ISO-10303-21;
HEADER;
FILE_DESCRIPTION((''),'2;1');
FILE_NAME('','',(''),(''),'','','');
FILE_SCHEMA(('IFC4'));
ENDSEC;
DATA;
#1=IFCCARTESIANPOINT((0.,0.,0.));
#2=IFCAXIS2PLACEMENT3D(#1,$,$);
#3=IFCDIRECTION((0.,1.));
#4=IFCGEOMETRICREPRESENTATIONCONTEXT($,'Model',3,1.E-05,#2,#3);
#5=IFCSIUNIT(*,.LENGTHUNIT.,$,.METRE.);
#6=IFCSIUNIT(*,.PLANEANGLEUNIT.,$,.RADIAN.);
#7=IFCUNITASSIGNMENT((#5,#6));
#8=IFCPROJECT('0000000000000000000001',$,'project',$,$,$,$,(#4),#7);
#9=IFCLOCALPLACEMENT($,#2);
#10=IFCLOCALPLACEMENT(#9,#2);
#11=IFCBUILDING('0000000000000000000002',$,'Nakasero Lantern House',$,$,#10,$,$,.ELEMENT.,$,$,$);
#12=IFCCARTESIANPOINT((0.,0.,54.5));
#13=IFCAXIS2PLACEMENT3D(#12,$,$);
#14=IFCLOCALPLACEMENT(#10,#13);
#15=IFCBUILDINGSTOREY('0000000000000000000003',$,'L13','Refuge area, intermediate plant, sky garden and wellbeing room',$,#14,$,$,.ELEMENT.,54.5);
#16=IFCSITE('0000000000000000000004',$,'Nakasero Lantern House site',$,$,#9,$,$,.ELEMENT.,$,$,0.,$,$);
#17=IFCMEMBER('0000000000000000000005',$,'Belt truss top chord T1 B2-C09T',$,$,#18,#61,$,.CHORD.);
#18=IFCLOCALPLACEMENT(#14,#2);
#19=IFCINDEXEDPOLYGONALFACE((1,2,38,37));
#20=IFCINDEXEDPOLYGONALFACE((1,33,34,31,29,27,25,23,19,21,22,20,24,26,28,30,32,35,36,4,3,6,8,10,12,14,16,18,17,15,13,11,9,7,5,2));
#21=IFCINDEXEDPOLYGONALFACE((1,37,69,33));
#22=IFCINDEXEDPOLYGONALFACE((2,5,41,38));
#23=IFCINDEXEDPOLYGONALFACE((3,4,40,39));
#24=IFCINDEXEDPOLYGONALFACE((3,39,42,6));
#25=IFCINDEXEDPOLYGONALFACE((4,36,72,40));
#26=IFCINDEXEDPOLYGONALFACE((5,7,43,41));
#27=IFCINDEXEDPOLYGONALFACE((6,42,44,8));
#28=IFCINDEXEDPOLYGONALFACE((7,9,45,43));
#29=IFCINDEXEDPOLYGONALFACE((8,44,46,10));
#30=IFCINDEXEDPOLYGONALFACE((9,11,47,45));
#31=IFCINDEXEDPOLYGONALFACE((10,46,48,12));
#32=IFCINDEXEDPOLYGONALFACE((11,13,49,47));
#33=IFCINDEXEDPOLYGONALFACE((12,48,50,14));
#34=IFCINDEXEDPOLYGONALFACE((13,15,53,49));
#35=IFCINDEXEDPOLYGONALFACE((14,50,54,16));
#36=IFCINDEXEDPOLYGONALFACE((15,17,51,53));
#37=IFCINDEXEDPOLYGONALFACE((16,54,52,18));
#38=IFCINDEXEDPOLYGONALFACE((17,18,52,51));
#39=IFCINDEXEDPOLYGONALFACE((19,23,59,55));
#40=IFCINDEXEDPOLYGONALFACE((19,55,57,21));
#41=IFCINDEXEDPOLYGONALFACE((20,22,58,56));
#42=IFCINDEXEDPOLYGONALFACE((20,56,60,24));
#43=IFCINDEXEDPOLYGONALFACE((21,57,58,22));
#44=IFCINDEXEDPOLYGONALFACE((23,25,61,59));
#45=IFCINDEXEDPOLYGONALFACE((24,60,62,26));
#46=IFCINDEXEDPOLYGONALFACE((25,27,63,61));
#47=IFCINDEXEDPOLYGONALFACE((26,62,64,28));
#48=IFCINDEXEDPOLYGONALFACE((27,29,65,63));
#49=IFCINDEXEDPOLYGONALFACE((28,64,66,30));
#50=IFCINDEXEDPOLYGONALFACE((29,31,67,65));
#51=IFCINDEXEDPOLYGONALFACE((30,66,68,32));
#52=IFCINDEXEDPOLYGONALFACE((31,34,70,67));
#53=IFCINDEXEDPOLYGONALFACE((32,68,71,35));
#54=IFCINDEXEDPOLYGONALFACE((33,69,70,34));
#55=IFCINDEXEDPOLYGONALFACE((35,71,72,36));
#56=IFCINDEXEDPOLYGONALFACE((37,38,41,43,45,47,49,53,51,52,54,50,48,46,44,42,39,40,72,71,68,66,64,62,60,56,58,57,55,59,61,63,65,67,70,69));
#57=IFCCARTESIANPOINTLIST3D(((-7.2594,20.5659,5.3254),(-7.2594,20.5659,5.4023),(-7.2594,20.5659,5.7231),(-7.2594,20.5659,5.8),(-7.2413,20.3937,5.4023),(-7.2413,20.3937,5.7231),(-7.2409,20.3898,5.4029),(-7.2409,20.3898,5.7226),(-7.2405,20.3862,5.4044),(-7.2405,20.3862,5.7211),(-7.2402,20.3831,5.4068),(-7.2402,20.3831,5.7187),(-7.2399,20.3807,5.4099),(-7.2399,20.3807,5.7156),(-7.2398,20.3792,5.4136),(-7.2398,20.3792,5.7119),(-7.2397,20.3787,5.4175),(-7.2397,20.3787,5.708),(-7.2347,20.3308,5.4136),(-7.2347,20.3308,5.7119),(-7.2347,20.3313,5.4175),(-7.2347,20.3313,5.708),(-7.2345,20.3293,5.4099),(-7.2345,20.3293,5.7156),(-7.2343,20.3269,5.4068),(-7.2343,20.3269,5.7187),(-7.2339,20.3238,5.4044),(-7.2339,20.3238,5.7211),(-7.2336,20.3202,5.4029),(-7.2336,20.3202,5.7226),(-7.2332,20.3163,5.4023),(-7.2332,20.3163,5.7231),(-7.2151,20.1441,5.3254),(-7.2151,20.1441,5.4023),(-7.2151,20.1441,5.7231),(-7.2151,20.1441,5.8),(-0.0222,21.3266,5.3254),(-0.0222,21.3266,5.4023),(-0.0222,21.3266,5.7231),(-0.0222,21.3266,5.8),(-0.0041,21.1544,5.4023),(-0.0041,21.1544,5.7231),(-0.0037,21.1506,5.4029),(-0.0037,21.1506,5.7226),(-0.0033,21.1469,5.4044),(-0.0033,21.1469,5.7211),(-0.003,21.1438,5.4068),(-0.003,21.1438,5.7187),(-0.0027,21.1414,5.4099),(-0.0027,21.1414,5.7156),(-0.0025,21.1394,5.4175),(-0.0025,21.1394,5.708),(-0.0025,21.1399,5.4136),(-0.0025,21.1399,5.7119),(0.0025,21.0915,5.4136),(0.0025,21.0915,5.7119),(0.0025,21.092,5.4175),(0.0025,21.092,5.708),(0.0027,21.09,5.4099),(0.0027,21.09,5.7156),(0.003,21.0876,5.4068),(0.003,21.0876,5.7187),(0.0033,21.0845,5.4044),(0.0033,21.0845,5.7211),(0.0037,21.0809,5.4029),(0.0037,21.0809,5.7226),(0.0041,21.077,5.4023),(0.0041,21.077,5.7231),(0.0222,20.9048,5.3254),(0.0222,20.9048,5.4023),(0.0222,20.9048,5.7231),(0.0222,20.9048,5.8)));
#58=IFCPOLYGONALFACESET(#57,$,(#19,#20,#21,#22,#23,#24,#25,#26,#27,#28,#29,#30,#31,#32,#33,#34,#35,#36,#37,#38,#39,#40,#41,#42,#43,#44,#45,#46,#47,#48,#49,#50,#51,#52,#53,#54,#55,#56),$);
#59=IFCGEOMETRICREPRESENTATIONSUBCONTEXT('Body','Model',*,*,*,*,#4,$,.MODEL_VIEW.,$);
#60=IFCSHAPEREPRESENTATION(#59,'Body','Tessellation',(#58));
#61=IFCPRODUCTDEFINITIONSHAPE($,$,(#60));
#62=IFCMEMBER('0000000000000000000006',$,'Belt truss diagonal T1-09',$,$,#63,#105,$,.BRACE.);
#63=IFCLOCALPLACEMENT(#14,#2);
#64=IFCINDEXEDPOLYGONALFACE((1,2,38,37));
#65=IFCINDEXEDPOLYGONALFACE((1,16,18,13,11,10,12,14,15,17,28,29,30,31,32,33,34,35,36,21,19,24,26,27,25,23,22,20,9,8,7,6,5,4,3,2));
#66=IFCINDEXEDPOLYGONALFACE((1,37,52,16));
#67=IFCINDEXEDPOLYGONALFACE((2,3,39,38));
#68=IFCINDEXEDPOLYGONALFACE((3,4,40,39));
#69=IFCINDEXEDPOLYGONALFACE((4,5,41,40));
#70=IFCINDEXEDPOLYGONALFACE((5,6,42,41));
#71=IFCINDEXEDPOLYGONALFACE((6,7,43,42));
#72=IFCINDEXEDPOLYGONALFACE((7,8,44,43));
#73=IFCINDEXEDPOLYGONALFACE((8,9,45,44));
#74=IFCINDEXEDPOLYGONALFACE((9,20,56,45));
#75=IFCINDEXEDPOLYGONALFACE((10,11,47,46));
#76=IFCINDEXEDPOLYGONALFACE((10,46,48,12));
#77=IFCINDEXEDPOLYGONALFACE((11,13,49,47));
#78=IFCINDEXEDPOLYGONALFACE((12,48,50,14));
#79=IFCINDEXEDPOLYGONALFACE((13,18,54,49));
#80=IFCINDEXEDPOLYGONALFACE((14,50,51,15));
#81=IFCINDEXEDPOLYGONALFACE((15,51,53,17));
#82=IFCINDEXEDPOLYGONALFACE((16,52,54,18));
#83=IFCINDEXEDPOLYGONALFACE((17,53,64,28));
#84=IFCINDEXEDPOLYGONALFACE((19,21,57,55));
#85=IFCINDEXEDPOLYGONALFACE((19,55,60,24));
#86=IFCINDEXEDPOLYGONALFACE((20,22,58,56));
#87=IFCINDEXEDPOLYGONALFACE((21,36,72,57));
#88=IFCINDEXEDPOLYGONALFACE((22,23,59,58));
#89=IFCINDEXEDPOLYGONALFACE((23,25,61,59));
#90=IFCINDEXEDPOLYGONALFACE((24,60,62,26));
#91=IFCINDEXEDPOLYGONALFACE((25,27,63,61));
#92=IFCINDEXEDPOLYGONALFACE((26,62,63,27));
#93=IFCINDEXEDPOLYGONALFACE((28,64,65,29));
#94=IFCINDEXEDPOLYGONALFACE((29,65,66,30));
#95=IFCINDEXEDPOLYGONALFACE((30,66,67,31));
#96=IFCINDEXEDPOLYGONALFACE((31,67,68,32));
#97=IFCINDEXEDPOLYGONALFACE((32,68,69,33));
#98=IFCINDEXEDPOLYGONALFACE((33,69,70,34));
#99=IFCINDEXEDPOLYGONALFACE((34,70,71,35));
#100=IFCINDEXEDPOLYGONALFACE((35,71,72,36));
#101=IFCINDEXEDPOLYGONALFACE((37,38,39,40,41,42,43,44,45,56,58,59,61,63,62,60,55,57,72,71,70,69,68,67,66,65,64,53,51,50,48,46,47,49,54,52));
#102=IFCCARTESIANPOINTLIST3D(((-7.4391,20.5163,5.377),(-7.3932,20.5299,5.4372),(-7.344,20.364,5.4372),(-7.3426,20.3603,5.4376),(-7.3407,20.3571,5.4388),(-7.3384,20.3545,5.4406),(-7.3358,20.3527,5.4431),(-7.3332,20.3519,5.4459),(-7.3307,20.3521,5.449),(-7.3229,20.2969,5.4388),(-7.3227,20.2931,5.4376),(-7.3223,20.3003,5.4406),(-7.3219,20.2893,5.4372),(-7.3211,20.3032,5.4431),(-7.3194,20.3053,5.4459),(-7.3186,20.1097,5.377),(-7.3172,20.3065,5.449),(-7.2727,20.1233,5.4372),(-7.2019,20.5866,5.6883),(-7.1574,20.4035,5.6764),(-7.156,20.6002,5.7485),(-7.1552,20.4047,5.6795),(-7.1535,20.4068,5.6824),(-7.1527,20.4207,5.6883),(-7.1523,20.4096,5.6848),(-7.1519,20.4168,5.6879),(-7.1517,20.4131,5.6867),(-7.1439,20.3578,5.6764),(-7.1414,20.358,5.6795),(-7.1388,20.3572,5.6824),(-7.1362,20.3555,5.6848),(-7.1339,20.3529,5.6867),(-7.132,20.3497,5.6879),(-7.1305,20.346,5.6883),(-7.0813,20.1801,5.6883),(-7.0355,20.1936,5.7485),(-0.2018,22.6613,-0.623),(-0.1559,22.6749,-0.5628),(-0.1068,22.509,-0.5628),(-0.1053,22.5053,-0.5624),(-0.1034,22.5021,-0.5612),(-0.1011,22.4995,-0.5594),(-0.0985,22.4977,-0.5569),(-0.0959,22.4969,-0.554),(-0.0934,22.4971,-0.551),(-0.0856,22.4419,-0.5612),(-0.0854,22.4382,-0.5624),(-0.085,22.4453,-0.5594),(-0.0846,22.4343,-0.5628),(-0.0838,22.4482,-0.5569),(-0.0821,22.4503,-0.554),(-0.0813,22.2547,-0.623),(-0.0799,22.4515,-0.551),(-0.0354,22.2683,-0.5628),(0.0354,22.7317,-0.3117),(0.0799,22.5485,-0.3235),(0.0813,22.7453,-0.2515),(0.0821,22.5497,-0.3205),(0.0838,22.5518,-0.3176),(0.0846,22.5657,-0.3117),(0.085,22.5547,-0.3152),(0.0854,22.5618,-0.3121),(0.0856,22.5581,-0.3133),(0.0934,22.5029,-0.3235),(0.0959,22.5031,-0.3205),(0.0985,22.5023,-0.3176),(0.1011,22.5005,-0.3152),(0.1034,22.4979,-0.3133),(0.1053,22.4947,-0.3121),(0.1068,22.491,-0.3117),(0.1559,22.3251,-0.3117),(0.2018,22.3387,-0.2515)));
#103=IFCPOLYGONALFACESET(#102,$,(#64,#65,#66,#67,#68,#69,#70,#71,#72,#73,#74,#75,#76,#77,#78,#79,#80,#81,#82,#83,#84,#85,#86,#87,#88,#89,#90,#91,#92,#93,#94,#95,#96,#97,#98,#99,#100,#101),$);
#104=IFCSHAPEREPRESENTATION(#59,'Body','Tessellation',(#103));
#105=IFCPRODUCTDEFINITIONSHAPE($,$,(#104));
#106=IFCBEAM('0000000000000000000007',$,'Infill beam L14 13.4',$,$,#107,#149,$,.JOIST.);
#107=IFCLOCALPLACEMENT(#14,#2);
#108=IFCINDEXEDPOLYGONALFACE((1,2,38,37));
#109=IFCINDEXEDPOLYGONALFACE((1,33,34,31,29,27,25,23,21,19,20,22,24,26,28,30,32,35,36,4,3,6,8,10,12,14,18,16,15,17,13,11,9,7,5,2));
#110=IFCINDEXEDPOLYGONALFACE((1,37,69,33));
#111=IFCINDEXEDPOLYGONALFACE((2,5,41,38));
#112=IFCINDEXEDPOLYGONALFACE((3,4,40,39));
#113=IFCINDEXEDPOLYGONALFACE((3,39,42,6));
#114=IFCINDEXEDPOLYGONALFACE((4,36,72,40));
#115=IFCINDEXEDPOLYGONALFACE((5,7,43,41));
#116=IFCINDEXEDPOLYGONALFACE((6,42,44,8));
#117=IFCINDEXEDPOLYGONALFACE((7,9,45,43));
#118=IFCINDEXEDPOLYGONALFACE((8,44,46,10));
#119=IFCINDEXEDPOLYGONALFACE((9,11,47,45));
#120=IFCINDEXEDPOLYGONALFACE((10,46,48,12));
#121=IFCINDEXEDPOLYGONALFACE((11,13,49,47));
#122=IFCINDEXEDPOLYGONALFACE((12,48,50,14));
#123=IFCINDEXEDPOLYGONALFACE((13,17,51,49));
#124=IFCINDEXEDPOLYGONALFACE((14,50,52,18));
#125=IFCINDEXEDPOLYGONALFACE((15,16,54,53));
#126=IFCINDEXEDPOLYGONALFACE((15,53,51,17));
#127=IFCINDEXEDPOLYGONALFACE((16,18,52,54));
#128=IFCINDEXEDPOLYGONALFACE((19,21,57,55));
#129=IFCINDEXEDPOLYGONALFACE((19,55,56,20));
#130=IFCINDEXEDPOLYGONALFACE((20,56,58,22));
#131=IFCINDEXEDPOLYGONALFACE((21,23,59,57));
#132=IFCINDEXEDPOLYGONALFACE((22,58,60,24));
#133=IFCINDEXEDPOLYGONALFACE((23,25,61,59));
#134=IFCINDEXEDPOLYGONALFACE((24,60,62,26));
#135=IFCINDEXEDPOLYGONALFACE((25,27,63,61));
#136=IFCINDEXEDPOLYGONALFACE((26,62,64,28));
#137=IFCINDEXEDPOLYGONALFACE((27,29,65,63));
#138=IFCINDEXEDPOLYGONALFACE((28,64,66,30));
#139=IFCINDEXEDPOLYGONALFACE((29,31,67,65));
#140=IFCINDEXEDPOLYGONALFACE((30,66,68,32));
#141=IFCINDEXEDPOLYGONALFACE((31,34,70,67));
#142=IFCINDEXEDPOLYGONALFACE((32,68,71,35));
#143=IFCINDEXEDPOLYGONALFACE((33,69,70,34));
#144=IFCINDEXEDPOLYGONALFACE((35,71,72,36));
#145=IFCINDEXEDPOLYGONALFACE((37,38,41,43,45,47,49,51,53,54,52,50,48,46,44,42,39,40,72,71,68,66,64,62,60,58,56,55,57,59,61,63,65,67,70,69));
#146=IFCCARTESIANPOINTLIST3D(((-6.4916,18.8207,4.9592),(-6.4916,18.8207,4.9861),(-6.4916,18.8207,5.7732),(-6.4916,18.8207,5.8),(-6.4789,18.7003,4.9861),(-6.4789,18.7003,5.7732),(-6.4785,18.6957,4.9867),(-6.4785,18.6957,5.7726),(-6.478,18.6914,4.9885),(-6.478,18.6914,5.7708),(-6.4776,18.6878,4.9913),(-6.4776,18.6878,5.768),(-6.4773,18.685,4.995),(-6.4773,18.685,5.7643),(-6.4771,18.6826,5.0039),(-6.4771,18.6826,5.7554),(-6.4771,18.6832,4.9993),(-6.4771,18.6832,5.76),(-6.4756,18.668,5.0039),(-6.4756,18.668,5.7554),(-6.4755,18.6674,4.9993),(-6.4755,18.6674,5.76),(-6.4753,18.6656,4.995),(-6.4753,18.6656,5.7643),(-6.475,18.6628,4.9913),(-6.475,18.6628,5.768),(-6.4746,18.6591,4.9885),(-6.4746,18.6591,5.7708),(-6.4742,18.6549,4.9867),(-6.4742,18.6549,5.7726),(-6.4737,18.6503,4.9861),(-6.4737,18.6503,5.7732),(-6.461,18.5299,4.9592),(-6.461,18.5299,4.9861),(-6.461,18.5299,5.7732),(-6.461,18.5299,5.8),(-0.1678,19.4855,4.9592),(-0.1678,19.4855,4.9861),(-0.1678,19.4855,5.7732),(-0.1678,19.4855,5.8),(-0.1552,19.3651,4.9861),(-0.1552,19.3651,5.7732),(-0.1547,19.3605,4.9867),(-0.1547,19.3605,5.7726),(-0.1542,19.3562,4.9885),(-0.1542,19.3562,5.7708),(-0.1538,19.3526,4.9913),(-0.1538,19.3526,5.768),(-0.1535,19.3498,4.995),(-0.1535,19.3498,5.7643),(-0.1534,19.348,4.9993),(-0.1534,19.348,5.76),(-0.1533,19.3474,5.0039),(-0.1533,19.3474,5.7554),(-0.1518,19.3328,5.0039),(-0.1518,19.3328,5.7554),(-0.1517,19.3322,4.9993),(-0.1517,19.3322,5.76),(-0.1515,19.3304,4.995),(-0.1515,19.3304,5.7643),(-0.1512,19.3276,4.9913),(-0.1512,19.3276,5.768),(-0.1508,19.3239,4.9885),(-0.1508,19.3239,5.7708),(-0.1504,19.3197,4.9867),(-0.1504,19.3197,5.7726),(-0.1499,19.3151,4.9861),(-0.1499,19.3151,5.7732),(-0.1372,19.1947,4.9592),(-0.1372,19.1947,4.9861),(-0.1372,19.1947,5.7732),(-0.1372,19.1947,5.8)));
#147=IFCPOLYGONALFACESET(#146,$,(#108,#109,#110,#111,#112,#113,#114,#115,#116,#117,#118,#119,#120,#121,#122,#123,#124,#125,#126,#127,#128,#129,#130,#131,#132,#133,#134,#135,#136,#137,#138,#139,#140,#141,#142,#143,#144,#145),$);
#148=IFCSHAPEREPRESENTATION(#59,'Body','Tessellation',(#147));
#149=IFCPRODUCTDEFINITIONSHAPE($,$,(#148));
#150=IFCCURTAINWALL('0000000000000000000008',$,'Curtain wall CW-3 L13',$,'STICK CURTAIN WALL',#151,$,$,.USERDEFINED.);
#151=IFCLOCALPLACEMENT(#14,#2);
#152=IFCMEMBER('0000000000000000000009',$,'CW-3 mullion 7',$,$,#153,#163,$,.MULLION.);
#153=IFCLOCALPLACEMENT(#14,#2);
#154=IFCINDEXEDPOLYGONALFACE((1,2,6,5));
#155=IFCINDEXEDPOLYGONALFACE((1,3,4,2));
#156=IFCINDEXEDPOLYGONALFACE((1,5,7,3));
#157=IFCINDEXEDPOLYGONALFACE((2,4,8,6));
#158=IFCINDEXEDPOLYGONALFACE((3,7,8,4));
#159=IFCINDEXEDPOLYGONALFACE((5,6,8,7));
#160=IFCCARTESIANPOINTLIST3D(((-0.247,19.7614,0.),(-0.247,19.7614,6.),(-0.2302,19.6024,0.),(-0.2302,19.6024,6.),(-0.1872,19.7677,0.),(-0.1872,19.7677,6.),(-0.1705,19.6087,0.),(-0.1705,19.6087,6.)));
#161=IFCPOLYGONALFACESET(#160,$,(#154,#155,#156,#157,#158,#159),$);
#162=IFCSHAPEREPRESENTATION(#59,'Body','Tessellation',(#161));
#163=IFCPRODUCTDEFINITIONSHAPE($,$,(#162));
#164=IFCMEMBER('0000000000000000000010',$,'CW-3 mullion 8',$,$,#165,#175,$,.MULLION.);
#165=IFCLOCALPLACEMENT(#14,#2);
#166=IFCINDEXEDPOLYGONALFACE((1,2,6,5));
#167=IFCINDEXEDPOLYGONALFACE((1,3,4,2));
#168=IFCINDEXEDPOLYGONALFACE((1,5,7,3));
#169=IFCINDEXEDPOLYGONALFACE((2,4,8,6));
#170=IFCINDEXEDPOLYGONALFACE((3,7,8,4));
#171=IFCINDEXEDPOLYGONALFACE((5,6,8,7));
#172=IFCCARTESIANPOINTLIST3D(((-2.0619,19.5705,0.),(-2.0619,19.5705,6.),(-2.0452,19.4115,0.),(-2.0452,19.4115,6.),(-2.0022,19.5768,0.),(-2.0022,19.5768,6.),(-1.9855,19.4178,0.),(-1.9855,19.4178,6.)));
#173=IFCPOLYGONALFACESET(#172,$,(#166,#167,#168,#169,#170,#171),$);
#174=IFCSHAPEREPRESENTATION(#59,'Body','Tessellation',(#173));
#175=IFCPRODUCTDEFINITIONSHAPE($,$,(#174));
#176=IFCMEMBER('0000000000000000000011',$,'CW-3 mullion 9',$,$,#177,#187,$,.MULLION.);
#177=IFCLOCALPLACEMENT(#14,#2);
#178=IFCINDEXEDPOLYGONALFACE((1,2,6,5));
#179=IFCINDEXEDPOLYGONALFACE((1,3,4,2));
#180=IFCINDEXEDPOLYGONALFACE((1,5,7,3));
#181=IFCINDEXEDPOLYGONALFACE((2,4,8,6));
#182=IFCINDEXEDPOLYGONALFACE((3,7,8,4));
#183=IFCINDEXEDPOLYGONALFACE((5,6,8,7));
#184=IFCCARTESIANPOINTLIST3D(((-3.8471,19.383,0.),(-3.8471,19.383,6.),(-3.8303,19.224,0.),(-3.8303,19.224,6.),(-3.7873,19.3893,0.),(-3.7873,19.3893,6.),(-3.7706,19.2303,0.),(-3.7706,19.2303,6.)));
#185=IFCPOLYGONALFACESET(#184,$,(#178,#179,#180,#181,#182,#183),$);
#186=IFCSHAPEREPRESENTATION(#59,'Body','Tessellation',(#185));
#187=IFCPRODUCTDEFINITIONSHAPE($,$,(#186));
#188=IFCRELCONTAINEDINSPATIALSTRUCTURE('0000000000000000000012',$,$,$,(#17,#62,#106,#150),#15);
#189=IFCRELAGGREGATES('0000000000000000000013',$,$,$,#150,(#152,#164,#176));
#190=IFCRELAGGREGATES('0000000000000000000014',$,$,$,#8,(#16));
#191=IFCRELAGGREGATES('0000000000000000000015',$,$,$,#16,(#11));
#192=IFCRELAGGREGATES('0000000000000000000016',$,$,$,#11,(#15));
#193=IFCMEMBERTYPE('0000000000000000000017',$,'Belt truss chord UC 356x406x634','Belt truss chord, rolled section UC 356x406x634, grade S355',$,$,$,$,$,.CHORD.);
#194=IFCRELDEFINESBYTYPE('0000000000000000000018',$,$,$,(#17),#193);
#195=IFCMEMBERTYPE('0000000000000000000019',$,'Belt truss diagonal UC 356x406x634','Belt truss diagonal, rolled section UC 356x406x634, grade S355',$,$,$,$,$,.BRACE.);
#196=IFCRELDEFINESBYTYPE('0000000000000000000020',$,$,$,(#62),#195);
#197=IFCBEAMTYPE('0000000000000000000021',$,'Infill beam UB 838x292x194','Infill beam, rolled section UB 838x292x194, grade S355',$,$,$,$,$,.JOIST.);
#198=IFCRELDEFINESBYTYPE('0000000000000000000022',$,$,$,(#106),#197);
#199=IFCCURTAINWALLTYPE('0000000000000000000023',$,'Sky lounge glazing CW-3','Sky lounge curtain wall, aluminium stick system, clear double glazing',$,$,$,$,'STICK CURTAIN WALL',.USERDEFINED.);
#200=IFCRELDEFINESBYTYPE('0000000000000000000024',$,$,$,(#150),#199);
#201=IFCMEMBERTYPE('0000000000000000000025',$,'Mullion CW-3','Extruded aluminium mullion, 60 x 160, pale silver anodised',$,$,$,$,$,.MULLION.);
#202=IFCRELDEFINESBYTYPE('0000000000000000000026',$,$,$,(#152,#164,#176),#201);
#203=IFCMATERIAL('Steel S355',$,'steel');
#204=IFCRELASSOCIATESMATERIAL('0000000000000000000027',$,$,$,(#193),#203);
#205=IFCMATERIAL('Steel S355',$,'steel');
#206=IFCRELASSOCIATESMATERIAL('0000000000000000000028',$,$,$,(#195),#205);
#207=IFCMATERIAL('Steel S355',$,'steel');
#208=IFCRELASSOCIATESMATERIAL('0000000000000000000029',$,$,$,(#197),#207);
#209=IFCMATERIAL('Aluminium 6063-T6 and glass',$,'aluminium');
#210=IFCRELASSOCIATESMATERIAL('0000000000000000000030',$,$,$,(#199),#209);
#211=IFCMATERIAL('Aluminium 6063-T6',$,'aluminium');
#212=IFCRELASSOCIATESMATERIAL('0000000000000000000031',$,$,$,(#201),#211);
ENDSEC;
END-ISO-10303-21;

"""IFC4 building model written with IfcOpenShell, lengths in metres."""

from ifc_helpers import new_model, si_unit, direction, frame, origin, origin_2d, place, context, subcontext, project, spatial, rectangle, i_section, extrude, material, material_profile, profile_set, type_object, element, aggregate, save


model = new_model("IFC4")

# Units and contexts
model_context = context("Model", 3, precision=1e-05, world=origin(), true_north=direction((0.0, 1.0)))
body_context = subcontext(model_context, "Body", "Model", "MODEL_VIEW")
ifc_project = project(units=[si_unit("LENGTHUNIT", "METRE"), si_unit("PLANEANGLEUNIT", "RADIAN")], contexts=[model_context])

# Site, building, storey
site_placement = place(None, origin())
site = spatial("IfcSite", under=ifc_project, at=site_placement, Name="Nakasero Lantern House site", CompositionType="ELEMENT", RefElevation=0.0)
building_placement = place(site_placement, origin())
building = spatial("IfcBuilding", under=site, at=building_placement, Name="Nakasero Lantern House", CompositionType="ELEMENT")
storey_placement = place(building_placement, frame((0.0, 0.0, 54.5)))
storey = spatial("IfcBuildingStorey", under=building, at=storey_placement, Name="L13", Description="Refuge area, intermediate plant, sky garden and wellbeing room", CompositionType="ELEMENT", Elevation=54.5)

# Members
ifc_material_1 = material(Name="Steel S355", Category="steel")
ifc_material_profile_1 = material_profile(ifc_material_1, i_section(OverallWidth=0.4241, OverallDepth=0.4746, WebThickness=0.0476, FlangeThickness=0.0769, FilletRadius=0.0151, at=origin_2d()), Name="UC 356x406x634")
ifc_profile_set_1 = profile_set([ifc_material_profile_1], Name="Steel S355")
member_type_1 = type_object("IfcMemberType", Name="Belt truss chord UC 356x406x634", Description="Belt truss chord, rolled section UC 356x406x634, grade S355", PredefinedType="CHORD", material=ifc_profile_set_1)
member_1_placement = place(storey_placement, frame((0.0, 21.1157, 5.5627), z_axis=(-0.994521, -0.104538, 0.0), x_axis=(0.104538, -0.994521, 0.0)))
element("IfcMember", 1, at=member_1_placement, inside=storey, type_object=member_type_1, Name="Belt truss top chord T1 B2-C09T", PredefinedType="CHORD", context=body_context, shape_type="SweptSolid", body=[
    extrude(i_section(OverallWidth=0.4241, OverallDepth=0.4746, WebThickness=0.0476, FlangeThickness=0.0769, FilletRadius=0.0151, at=origin_2d()), origin(), (0.0, 0.0, 1.0), 7.2771),
])
ifc_material_2 = material(Name="Steel S355", Category="steel")
ifc_material_profile_2 = material_profile(ifc_material_2, i_section(OverallWidth=0.4241, OverallDepth=0.4746, WebThickness=0.0476, FlangeThickness=0.0769, FilletRadius=0.0151, at=origin_2d()), Name="UC 356x406x634")
ifc_profile_set_2 = profile_set([ifc_material_profile_2], Name="Steel S355")
member_type_2 = type_object("IfcMemberType", Name="Belt truss diagonal UC 356x406x634", Description="Belt truss diagonal, rolled section UC 356x406x634, grade S355", PredefinedType="BRACE", material=ifc_profile_set_2)
member_2_placement = place(storey_placement, frame((0.0, 22.5, -0.4373), z_axis=(-0.750556, -0.222452, 0.622239), x_axis=(0.284165, -0.958775, 0.0)))
element("IfcMember", 2, at=member_2_placement, inside=storey, type_object=member_type_2, Name="Belt truss diagonal T1-09", PredefinedType="BRACE", context=body_context, shape_type="SweptSolid", body=[
    extrude(i_section(OverallWidth=0.4241, OverallDepth=0.4746, WebThickness=0.0476, FlangeThickness=0.0769, FilletRadius=0.0151, at=origin_2d()), origin(), (0.0, 0.0, 1.0), 9.6426),
])

# Beam
ifc_material_3 = material(Name="Steel S355", Category="steel")
ifc_material_profile_3 = material_profile(ifc_material_3, i_section(OverallWidth=0.2925, OverallDepth=0.8408, WebThickness=0.0146, FlangeThickness=0.0269, FilletRadius=0.0178, at=origin_2d()), Name="UB 838x292x194")
ifc_profile_set_3 = profile_set([ifc_material_profile_3], Name="Steel S355")
beam_type_1 = type_object("IfcBeamType", Name="Infill beam UB 838x292x194", Description="Infill beam, rolled section UB 838x292x194, grade S355", PredefinedType="JOIST", material=ifc_profile_set_3)
beam_1_placement = place(storey_placement, frame((-6.4763, 18.6753, 5.3796), z_axis=(0.99452, 0.104551, 0.0), x_axis=(-0.104551, 0.99452, 0.0)))
element("IfcBeam", 3, at=beam_1_placement, inside=storey, type_object=beam_type_1, Name="Infill beam L14 13.4", PredefinedType="JOIST", context=body_context, shape_type="SweptSolid", body=[
    extrude(i_section(OverallWidth=0.2925, OverallDepth=0.8408, WebThickness=0.0146, FlangeThickness=0.0269, FilletRadius=0.0178, at=origin_2d()), origin(), (0.0, 0.0, 1.0), 6.3586),
])

# Curtain wall, members
ifc_material_4 = material(Name="Aluminium 6063-T6 and glass", Category="aluminium")
curtain_wall_type = type_object("IfcCurtainWallType", Name="Sky lounge glazing CW-3", Description="Sky lounge curtain wall, aluminium stick system, clear double glazing", ElementType="STICK CURTAIN WALL", PredefinedType="USERDEFINED", material=ifc_material_4)
curtain_wall_1_placement = place(storey_placement, origin())
curtain_wall_1 = element("IfcCurtainWall", 4, at=curtain_wall_1_placement, inside=storey, type_object=curtain_wall_type, Name="Curtain wall CW-3 L13", ObjectType="STICK CURTAIN WALL", PredefinedType="USERDEFINED")
ifc_material_5 = material(Name="Aluminium 6063-T6", Category="aluminium")
ifc_material_profile_4 = material_profile(ifc_material_5, rectangle(XDim=0.0601, YDim=0.1599, at=origin_2d()), Name="CW-3 mullion 60x160")
ifc_profile_set_4 = profile_set([ifc_material_profile_4], Name="Aluminium 6063-T6")
member_type_3 = type_object("IfcMemberType", Name="Mullion CW-3", Description="Extruded aluminium mullion, 60 x 160, pale silver anodised", PredefinedType="MULLION", material=ifc_profile_set_4)
member_3_placement = place(storey_placement, frame((-0.2087, 19.6851, 0.0), z_axis=(0.0, 0.0, 1.0), x_axis=(-0.994522, -0.104528, 0.0)))
member_3 = element("IfcMember", 5, at=member_3_placement, type_object=member_type_3, Name="CW-3 mullion 7", PredefinedType="MULLION", context=body_context, shape_type="SweptSolid", body=[
    extrude(rectangle(XDim=0.0601, YDim=0.1599, at=origin_2d()), origin(), (0.0, 0.0, 1.0), 6.0),
])
member_4_placement = place(storey_placement, frame((-2.0237, 19.4941, 0.0), z_axis=(0.0, 0.0, 1.0), x_axis=(-0.994522, -0.104528, 0.0)))
member_4 = element("IfcMember", 6, at=member_4_placement, type_object=member_type_3, Name="CW-3 mullion 8", PredefinedType="MULLION", context=body_context, shape_type="SweptSolid", body=[
    extrude(rectangle(XDim=0.0601, YDim=0.1599, at=origin_2d()), origin(), (0.0, 0.0, 1.0), 6.0),
])
member_5_placement = place(storey_placement, frame((-3.8088, 19.3066, 0.0), z_axis=(0.0, 0.0, 1.0), x_axis=(-0.994522, -0.104528, 0.0)))
member_5 = element("IfcMember", 7, at=member_5_placement, type_object=member_type_3, Name="CW-3 mullion 9", PredefinedType="MULLION", context=body_context, shape_type="SweptSolid", body=[
    extrude(rectangle(XDim=0.0601, YDim=0.1599, at=origin_2d()), origin(), (0.0, 0.0, 1.0), 6.0),
])

aggregate(curtain_wall_1, [member_3, member_4, member_5])

save(model, "model.ifc")
